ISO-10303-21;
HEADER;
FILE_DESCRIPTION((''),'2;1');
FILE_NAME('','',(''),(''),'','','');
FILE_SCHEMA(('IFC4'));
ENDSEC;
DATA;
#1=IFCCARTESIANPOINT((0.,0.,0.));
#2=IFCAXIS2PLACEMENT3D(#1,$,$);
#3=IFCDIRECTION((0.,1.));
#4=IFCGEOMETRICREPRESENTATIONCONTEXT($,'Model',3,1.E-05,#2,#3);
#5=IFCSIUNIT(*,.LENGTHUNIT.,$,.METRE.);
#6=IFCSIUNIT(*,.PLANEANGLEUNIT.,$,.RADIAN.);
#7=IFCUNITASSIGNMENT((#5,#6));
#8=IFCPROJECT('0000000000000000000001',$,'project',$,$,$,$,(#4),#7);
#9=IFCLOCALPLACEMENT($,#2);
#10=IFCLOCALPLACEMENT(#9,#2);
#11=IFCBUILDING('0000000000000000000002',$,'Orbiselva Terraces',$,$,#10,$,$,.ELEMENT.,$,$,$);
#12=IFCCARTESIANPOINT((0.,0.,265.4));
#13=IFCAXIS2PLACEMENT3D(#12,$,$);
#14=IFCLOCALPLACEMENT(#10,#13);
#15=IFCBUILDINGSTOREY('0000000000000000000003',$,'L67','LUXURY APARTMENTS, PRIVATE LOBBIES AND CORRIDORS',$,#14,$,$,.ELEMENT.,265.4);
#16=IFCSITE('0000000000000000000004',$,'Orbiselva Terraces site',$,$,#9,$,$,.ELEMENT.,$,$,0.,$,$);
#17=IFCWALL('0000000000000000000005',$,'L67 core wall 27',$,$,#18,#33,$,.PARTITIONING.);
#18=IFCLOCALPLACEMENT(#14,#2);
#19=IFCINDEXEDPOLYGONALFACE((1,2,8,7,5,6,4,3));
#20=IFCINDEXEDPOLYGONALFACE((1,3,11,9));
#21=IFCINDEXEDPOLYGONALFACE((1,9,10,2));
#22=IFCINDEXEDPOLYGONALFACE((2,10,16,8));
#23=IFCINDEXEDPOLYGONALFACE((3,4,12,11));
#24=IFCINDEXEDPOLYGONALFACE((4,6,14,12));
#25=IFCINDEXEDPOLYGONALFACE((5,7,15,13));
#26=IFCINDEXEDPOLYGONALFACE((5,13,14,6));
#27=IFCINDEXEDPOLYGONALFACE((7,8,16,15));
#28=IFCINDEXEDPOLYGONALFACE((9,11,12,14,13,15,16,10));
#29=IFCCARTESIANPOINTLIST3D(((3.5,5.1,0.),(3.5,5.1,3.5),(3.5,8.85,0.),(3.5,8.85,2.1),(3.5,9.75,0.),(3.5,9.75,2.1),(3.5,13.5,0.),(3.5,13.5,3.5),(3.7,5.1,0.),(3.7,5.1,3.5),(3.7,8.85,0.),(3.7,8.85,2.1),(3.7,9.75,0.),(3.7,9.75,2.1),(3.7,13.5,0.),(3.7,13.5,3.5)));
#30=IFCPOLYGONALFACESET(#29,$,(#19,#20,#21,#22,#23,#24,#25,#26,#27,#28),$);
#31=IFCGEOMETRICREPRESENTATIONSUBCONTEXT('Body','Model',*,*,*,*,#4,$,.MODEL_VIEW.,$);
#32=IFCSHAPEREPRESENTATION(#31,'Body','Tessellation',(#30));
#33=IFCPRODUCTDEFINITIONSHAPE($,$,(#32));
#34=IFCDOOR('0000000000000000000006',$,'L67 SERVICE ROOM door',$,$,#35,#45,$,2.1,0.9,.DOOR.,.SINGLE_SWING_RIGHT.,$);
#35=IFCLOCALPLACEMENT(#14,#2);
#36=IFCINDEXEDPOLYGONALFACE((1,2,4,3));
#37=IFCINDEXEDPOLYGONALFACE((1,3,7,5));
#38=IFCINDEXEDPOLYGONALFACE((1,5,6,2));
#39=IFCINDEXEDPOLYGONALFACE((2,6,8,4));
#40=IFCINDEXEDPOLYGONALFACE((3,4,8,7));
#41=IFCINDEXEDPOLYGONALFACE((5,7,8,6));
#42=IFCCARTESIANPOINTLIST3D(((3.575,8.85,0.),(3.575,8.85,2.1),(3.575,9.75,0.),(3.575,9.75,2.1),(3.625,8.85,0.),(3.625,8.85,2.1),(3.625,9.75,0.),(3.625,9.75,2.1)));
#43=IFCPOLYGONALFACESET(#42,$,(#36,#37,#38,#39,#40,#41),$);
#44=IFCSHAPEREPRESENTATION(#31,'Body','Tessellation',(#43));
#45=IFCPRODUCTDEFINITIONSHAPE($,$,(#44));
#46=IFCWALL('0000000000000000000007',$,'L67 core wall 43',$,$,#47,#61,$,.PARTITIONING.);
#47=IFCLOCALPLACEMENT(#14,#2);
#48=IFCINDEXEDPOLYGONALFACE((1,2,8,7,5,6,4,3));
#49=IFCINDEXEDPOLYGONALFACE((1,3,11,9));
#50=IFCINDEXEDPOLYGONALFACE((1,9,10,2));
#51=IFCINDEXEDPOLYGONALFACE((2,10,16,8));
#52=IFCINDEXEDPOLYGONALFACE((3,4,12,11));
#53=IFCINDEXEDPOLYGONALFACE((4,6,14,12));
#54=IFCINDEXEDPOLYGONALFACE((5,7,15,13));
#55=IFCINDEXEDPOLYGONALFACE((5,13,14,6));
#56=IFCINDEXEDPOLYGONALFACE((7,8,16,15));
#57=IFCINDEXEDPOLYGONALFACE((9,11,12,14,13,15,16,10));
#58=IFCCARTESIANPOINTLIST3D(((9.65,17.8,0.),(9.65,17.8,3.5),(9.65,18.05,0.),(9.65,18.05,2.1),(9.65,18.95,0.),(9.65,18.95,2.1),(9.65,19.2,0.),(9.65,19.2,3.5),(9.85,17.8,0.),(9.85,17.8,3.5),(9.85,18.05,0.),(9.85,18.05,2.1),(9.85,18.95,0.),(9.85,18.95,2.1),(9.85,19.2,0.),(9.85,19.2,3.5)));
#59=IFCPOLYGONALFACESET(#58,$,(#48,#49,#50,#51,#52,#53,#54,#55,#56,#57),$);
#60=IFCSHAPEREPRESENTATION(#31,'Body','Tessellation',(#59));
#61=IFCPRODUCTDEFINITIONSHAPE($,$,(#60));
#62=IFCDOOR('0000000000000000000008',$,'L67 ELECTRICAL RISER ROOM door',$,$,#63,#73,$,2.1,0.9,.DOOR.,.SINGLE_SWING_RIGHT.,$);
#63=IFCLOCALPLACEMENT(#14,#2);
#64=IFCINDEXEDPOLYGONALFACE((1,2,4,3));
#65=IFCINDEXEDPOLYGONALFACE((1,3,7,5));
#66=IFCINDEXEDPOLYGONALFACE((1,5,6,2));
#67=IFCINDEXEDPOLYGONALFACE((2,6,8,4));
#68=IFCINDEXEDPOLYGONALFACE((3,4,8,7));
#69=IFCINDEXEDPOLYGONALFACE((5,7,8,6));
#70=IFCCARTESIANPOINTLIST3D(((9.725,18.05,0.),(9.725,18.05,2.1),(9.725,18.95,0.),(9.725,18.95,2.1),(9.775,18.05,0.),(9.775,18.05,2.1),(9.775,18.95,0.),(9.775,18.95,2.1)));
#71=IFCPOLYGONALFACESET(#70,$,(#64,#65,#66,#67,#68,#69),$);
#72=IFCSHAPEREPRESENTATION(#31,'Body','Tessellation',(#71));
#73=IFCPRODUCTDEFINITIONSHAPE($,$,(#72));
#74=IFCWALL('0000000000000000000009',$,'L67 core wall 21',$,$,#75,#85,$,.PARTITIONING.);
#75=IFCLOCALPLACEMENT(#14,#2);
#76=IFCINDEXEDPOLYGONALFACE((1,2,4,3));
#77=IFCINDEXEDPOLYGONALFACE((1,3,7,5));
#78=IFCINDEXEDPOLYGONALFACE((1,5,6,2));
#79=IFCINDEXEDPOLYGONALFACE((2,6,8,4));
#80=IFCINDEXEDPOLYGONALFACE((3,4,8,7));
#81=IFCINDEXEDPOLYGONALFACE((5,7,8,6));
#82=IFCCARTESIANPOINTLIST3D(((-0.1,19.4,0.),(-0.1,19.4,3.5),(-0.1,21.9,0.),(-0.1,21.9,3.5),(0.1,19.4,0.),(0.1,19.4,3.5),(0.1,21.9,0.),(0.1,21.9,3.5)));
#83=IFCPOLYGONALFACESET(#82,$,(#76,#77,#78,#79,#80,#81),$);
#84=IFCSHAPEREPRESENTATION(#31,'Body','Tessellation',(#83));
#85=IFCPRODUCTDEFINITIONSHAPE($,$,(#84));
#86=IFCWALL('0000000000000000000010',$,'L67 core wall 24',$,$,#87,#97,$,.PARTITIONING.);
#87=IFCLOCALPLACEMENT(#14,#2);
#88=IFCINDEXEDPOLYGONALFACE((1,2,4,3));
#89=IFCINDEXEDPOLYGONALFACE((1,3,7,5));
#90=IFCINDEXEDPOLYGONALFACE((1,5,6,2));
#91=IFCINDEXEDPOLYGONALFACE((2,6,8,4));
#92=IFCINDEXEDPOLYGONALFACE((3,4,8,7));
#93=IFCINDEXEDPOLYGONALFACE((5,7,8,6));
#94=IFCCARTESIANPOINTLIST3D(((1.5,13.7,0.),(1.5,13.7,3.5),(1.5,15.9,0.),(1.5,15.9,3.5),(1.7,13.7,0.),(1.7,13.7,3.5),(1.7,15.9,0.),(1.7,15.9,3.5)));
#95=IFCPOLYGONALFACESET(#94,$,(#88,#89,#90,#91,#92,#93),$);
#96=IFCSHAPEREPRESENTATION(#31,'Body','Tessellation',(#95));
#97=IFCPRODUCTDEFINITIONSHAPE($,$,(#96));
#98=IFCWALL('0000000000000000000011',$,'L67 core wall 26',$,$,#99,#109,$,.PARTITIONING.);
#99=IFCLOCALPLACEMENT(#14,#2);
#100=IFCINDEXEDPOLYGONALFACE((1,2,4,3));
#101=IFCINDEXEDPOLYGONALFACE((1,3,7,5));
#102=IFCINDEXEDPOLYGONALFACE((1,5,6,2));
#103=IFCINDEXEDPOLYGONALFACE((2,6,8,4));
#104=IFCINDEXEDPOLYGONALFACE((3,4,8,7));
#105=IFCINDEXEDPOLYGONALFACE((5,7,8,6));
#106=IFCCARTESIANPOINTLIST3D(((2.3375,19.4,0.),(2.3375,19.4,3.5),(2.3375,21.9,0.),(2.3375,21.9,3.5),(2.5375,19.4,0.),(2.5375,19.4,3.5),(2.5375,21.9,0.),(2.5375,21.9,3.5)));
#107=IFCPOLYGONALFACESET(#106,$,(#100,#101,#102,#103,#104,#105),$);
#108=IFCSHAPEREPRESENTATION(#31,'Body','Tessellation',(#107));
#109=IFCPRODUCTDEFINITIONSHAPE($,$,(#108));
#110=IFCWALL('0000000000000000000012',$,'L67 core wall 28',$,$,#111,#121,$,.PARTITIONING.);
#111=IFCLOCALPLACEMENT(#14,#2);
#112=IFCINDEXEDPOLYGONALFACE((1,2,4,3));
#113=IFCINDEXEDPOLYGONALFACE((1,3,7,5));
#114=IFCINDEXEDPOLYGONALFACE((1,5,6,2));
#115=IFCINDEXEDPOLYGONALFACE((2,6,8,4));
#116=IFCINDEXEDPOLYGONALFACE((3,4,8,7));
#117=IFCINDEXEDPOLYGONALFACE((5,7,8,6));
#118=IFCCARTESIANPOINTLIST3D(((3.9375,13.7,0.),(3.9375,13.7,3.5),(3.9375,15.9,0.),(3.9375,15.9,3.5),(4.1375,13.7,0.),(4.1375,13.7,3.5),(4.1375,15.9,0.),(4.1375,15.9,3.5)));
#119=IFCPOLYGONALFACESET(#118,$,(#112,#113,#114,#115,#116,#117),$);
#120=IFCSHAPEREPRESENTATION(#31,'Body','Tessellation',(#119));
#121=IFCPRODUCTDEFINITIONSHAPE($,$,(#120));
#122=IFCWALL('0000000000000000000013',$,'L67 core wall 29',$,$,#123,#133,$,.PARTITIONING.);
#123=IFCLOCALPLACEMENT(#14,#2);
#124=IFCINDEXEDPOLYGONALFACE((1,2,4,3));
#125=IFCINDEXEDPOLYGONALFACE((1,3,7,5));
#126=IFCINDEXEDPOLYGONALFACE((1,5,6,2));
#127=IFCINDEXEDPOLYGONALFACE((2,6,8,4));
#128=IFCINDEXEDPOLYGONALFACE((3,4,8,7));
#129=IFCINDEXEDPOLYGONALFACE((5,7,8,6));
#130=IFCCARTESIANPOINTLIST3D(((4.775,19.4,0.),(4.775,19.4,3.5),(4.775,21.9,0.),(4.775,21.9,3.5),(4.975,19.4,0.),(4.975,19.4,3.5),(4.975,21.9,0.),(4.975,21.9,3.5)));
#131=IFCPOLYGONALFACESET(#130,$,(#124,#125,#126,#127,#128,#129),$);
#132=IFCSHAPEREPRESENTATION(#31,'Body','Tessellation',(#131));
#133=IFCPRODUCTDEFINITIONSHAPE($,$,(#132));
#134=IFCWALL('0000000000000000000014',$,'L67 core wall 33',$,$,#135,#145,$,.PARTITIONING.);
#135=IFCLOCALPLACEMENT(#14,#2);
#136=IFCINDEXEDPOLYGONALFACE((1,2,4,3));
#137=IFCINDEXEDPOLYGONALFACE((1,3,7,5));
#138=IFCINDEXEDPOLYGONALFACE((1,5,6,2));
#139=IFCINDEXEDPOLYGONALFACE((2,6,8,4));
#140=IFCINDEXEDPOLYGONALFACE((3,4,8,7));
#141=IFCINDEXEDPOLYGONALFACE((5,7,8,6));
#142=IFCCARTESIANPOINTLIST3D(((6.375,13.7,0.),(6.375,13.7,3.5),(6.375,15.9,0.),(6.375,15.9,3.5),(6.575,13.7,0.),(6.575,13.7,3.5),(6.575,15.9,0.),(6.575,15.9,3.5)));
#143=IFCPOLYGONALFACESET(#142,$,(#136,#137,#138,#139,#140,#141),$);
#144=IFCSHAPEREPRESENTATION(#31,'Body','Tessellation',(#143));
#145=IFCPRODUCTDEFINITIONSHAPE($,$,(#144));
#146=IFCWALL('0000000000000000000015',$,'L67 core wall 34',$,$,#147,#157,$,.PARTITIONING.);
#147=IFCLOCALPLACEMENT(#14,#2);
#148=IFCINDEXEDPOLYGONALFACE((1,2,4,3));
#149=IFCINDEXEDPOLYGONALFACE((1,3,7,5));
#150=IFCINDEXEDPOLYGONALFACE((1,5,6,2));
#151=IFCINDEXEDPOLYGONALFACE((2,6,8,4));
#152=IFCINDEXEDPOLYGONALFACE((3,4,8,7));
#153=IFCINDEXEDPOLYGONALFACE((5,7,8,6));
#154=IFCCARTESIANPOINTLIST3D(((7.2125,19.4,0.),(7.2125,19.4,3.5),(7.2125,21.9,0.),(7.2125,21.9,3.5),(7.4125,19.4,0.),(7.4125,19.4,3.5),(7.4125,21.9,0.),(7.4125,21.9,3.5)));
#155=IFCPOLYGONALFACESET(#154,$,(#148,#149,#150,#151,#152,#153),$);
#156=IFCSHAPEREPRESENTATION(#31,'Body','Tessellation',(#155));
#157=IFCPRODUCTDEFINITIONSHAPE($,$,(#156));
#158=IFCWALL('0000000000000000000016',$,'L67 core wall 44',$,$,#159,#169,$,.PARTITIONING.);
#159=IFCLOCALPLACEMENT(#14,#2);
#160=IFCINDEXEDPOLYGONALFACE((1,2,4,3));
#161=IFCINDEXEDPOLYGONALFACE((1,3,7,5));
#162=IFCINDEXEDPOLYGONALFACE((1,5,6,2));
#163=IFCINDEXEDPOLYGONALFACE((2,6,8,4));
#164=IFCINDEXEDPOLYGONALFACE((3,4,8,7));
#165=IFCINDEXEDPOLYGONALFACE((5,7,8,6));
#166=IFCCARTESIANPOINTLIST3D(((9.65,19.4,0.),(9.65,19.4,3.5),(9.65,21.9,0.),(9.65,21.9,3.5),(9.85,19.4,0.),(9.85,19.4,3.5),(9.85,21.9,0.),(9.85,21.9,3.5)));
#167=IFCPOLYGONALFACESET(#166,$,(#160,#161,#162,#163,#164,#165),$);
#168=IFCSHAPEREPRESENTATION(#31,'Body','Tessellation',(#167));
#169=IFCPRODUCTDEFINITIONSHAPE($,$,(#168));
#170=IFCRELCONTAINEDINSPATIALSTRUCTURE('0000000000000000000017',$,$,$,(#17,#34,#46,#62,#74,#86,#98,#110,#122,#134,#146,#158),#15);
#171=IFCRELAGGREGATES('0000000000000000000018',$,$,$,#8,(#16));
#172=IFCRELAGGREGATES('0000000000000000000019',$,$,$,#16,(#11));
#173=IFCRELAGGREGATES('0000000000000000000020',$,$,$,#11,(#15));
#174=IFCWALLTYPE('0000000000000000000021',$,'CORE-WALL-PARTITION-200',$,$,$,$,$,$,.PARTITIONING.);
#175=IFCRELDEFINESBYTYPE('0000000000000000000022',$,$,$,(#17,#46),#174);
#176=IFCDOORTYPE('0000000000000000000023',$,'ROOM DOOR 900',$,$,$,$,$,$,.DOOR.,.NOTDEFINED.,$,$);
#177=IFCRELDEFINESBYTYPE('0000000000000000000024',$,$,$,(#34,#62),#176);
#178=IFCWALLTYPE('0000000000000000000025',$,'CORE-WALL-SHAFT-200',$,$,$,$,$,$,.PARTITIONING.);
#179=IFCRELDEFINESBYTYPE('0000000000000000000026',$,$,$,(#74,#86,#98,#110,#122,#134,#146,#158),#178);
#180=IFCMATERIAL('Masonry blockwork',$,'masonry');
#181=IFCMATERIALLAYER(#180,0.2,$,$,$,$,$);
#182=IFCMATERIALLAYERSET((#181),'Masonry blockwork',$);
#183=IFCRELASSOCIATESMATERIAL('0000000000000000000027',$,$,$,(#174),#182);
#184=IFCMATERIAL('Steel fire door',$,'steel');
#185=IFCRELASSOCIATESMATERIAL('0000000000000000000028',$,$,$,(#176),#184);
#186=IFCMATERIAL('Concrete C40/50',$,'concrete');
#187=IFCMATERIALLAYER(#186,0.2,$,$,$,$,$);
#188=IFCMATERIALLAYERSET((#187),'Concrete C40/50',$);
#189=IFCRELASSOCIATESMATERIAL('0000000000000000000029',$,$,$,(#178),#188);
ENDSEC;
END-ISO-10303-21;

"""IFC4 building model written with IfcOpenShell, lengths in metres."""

from ifc_helpers import new_model, si_unit, direction, frame, frame_2d, origin, place, context, subcontext, project, spatial, rectangle, extrude, material, layer, layer_set, type_object, element, fill, save


model = new_model("IFC4")

# Units and contexts
model_context = context("Model", 3, precision=1e-05, world=origin(), true_north=direction((0.0, 1.0)))
body_context = subcontext(model_context, "Body", "Model", "MODEL_VIEW")
ifc_project = project(units=[si_unit("LENGTHUNIT", "METRE"), si_unit("PLANEANGLEUNIT", "RADIAN")], contexts=[model_context])

# Site, building, storey
site_placement = place(None, origin())
site = spatial("IfcSite", under=ifc_project, at=site_placement, Name="Orbiselva Terraces site", CompositionType="ELEMENT", RefElevation=0.0)
building_placement = place(site_placement, origin())
building = spatial("IfcBuilding", under=site, at=building_placement, Name="Orbiselva Terraces", CompositionType="ELEMENT")
storey_placement = place(building_placement, frame((0.0, 0.0, 265.4)))
storey = spatial("IfcBuildingStorey", under=building, at=storey_placement, Name="L67", Description="LUXURY APARTMENTS, PRIVATE LOBBIES AND CORRIDORS", CompositionType="ELEMENT", Elevation=265.4)

# Walls, openings, doors
ifc_material_1 = material(Name="Masonry blockwork", Category="masonry")
ifc_layer_1 = layer(ifc_material_1, 0.2)
ifc_layer_set_1 = layer_set([ifc_layer_1], Name="Masonry blockwork")
wall_type_1 = type_object("IfcWallType", Name="CORE-WALL-PARTITION-200", PredefinedType="PARTITIONING", material=ifc_layer_set_1)
wall_1_placement = place(storey_placement, frame((3.6, 13.5, 0.0), z_axis=(0.0, 0.0, 1.0), x_axis=(0.0, -1.0, 0.0)))
wall_1 = element("IfcWall", 1, at=wall_1_placement, inside=storey, type_object=wall_type_1, Name="L67 core wall 27", PredefinedType="PARTITIONING", context=body_context, shape_type="SweptSolid", body=[
    extrude(rectangle(XDim=8.4, YDim=0.2, at=frame_2d((4.2, 0.0))), origin(), (0.0, 0.0, 1.0), 3.5),
])
opening_1_placement = place(wall_1_placement, frame((3.75, 0.0, 0.0)))
opening_1 = element("IfcOpeningElement", 2, at=opening_1_placement, cuts=wall_1, PredefinedType="OPENING", context=body_context, shape_type="SweptSolid", body=[
    extrude(rectangle(XDim=0.9, YDim=2.1, at=frame_2d((0.45, 1.05))), frame((0.0, 0.11, 0.0), z_axis=(0.0, -1.0, 0.0), x_axis=(1.0, 0.0, 0.0)), (0.0, 0.0, 1.0), 0.22),
])
ifc_material_2 = material(Name="Steel fire door", Category="steel")
door_type_1 = type_object("IfcDoorType", Name="ROOM DOOR 900", OperationType="NOTDEFINED", PredefinedType="DOOR", material=ifc_material_2)
door_1_placement = place(opening_1_placement, origin())
door_1 = element("IfcDoor", 3, at=door_1_placement, inside=storey, type_object=door_type_1, Name="L67 SERVICE ROOM door", OperationType="SINGLE_SWING_RIGHT", OverallHeight=2.1, OverallWidth=0.9, PredefinedType="DOOR", context=body_context, shape_type="SweptSolid", body=[
    extrude(rectangle(XDim=0.9, YDim=2.1, at=frame_2d((0.45, 1.05))), frame((0.0, 0.025, 0.0), z_axis=(0.0, -1.0, 0.0), x_axis=(1.0, 0.0, 0.0)), (0.0, 0.0, 1.0), 0.05),
])
fill(opening_1, door_1)
wall_2_placement = place(storey_placement, frame((9.75, 19.2, 0.0), z_axis=(0.0, 0.0, 1.0), x_axis=(0.0, -1.0, 0.0)))
wall_2 = element("IfcWall", 4, at=wall_2_placement, inside=storey, type_object=wall_type_1, Name="L67 core wall 43", PredefinedType="PARTITIONING", context=body_context, shape_type="SweptSolid", body=[
    extrude(rectangle(XDim=1.4, YDim=0.2, at=frame_2d((0.7, 0.0))), origin(), (0.0, 0.0, 1.0), 3.5),
])
opening_2_placement = place(wall_2_placement, frame((0.25, 0.0, 0.0)))
opening_2 = element("IfcOpeningElement", 5, at=opening_2_placement, cuts=wall_2, PredefinedType="OPENING", context=body_context, shape_type="SweptSolid", body=[
    extrude(rectangle(XDim=0.9, YDim=2.1, at=frame_2d((0.45, 1.05))), frame((0.0, 0.11, 0.0), z_axis=(0.0, -1.0, 0.0), x_axis=(1.0, 0.0, 0.0)), (0.0, 0.0, 1.0), 0.22),
])
door_2_placement = place(opening_2_placement, origin())
door_2 = element("IfcDoor", 6, at=door_2_placement, inside=storey, type_object=door_type_1, Name="L67 ELECTRICAL RISER ROOM door", OperationType="SINGLE_SWING_RIGHT", OverallHeight=2.1, OverallWidth=0.9, PredefinedType="DOOR", context=body_context, shape_type="SweptSolid", body=[
    extrude(rectangle(XDim=0.9, YDim=2.1, at=frame_2d((0.45, 1.05))), frame((0.0, 0.025, 0.0), z_axis=(0.0, -1.0, 0.0), x_axis=(1.0, 0.0, 0.0)), (0.0, 0.0, 1.0), 0.05),
])
fill(opening_2, door_2)

# Walls
ifc_material_3 = material(Name="Concrete C40/50", Category="concrete")
ifc_layer_2 = layer(ifc_material_3, 0.2)
ifc_layer_set_2 = layer_set([ifc_layer_2], Name="Concrete C40/50")
wall_type_2 = type_object("IfcWallType", Name="CORE-WALL-SHAFT-200", PredefinedType="PARTITIONING", material=ifc_layer_set_2)
wall_3_placement = place(storey_placement, frame((0.0, 19.4, 0.0), z_axis=(0.0, 0.0, 1.0), x_axis=(0.0, 1.0, 0.0)))
element("IfcWall", 7, at=wall_3_placement, inside=storey, type_object=wall_type_2, Name="L67 core wall 21", PredefinedType="PARTITIONING", context=body_context, shape_type="SweptSolid", body=[
    extrude(rectangle(XDim=2.5, YDim=0.2, at=frame_2d((1.25, 0.0))), origin(), (0.0, 0.0, 1.0), 3.5),
])
wall_4_placement = place(storey_placement, frame((1.6, 13.7, 0.0), z_axis=(0.0, 0.0, 1.0), x_axis=(0.0, 1.0, 0.0)))
element("IfcWall", 8, at=wall_4_placement, inside=storey, type_object=wall_type_2, Name="L67 core wall 24", PredefinedType="PARTITIONING", context=body_context, shape_type="SweptSolid", body=[
    extrude(rectangle(XDim=2.2, YDim=0.2, at=frame_2d((1.1, 0.0))), origin(), (0.0, 0.0, 1.0), 3.5),
])
wall_5_placement = place(storey_placement, frame((2.4375, 19.4, 0.0), z_axis=(0.0, 0.0, 1.0), x_axis=(0.0, 1.0, 0.0)))
element("IfcWall", 9, at=wall_5_placement, inside=storey, type_object=wall_type_2, Name="L67 core wall 26", PredefinedType="PARTITIONING", context=body_context, shape_type="SweptSolid", body=[
    extrude(rectangle(XDim=2.5, YDim=0.2, at=frame_2d((1.25, 0.0))), origin(), (0.0, 0.0, 1.0), 3.5),
])
wall_6_placement = place(storey_placement, frame((4.0375, 13.7, 0.0), z_axis=(0.0, 0.0, 1.0), x_axis=(0.0, 1.0, 0.0)))
element("IfcWall", 10, at=wall_6_placement, inside=storey, type_object=wall_type_2, Name="L67 core wall 28", PredefinedType="PARTITIONING", context=body_context, shape_type="SweptSolid", body=[
    extrude(rectangle(XDim=2.2, YDim=0.2, at=frame_2d((1.1, 0.0))), origin(), (0.0, 0.0, 1.0), 3.5),
])
wall_7_placement = place(storey_placement, frame((4.875, 19.4, 0.0), z_axis=(0.0, 0.0, 1.0), x_axis=(0.0, 1.0, 0.0)))
element("IfcWall", 11, at=wall_7_placement, inside=storey, type_object=wall_type_2, Name="L67 core wall 29", PredefinedType="PARTITIONING", context=body_context, shape_type="SweptSolid", body=[
    extrude(rectangle(XDim=2.5, YDim=0.2, at=frame_2d((1.25, 0.0))), origin(), (0.0, 0.0, 1.0), 3.5),
])
wall_8_placement = place(storey_placement, frame((6.475, 13.7, 0.0), z_axis=(0.0, 0.0, 1.0), x_axis=(0.0, 1.0, 0.0)))
element("IfcWall", 12, at=wall_8_placement, inside=storey, type_object=wall_type_2, Name="L67 core wall 33", PredefinedType="PARTITIONING", context=body_context, shape_type="SweptSolid", body=[
    extrude(rectangle(XDim=2.2, YDim=0.2, at=frame_2d((1.1, 0.0))), origin(), (0.0, 0.0, 1.0), 3.5),
])
for number, where, z_axis, x_axis, name in (
    (13, (7.3125, 19.4, 0.0), (0.0, 0.0, 1.0), (0.0, 1.0, 0.0), "L67 core wall 34"),
    (14, (9.75, 19.4, 0.0), (0.0, 0.0, 1.0), (0.0, 1.0, 0.0), "L67 core wall 44"),
):
    element("IfcWall", number, at=place(storey_placement, frame(where, z_axis=z_axis, x_axis=x_axis)), inside=storey, type_object=wall_type_2, Name=name, PredefinedType="PARTITIONING", context=body_context, shape_type="SweptSolid", body=[
        extrude(rectangle(XDim=2.5, YDim=0.2, at=frame_2d((1.25, 0.0))), origin(), (0.0, 0.0, 1.0), 3.5),
    ])

save(model, "model.ifc")
